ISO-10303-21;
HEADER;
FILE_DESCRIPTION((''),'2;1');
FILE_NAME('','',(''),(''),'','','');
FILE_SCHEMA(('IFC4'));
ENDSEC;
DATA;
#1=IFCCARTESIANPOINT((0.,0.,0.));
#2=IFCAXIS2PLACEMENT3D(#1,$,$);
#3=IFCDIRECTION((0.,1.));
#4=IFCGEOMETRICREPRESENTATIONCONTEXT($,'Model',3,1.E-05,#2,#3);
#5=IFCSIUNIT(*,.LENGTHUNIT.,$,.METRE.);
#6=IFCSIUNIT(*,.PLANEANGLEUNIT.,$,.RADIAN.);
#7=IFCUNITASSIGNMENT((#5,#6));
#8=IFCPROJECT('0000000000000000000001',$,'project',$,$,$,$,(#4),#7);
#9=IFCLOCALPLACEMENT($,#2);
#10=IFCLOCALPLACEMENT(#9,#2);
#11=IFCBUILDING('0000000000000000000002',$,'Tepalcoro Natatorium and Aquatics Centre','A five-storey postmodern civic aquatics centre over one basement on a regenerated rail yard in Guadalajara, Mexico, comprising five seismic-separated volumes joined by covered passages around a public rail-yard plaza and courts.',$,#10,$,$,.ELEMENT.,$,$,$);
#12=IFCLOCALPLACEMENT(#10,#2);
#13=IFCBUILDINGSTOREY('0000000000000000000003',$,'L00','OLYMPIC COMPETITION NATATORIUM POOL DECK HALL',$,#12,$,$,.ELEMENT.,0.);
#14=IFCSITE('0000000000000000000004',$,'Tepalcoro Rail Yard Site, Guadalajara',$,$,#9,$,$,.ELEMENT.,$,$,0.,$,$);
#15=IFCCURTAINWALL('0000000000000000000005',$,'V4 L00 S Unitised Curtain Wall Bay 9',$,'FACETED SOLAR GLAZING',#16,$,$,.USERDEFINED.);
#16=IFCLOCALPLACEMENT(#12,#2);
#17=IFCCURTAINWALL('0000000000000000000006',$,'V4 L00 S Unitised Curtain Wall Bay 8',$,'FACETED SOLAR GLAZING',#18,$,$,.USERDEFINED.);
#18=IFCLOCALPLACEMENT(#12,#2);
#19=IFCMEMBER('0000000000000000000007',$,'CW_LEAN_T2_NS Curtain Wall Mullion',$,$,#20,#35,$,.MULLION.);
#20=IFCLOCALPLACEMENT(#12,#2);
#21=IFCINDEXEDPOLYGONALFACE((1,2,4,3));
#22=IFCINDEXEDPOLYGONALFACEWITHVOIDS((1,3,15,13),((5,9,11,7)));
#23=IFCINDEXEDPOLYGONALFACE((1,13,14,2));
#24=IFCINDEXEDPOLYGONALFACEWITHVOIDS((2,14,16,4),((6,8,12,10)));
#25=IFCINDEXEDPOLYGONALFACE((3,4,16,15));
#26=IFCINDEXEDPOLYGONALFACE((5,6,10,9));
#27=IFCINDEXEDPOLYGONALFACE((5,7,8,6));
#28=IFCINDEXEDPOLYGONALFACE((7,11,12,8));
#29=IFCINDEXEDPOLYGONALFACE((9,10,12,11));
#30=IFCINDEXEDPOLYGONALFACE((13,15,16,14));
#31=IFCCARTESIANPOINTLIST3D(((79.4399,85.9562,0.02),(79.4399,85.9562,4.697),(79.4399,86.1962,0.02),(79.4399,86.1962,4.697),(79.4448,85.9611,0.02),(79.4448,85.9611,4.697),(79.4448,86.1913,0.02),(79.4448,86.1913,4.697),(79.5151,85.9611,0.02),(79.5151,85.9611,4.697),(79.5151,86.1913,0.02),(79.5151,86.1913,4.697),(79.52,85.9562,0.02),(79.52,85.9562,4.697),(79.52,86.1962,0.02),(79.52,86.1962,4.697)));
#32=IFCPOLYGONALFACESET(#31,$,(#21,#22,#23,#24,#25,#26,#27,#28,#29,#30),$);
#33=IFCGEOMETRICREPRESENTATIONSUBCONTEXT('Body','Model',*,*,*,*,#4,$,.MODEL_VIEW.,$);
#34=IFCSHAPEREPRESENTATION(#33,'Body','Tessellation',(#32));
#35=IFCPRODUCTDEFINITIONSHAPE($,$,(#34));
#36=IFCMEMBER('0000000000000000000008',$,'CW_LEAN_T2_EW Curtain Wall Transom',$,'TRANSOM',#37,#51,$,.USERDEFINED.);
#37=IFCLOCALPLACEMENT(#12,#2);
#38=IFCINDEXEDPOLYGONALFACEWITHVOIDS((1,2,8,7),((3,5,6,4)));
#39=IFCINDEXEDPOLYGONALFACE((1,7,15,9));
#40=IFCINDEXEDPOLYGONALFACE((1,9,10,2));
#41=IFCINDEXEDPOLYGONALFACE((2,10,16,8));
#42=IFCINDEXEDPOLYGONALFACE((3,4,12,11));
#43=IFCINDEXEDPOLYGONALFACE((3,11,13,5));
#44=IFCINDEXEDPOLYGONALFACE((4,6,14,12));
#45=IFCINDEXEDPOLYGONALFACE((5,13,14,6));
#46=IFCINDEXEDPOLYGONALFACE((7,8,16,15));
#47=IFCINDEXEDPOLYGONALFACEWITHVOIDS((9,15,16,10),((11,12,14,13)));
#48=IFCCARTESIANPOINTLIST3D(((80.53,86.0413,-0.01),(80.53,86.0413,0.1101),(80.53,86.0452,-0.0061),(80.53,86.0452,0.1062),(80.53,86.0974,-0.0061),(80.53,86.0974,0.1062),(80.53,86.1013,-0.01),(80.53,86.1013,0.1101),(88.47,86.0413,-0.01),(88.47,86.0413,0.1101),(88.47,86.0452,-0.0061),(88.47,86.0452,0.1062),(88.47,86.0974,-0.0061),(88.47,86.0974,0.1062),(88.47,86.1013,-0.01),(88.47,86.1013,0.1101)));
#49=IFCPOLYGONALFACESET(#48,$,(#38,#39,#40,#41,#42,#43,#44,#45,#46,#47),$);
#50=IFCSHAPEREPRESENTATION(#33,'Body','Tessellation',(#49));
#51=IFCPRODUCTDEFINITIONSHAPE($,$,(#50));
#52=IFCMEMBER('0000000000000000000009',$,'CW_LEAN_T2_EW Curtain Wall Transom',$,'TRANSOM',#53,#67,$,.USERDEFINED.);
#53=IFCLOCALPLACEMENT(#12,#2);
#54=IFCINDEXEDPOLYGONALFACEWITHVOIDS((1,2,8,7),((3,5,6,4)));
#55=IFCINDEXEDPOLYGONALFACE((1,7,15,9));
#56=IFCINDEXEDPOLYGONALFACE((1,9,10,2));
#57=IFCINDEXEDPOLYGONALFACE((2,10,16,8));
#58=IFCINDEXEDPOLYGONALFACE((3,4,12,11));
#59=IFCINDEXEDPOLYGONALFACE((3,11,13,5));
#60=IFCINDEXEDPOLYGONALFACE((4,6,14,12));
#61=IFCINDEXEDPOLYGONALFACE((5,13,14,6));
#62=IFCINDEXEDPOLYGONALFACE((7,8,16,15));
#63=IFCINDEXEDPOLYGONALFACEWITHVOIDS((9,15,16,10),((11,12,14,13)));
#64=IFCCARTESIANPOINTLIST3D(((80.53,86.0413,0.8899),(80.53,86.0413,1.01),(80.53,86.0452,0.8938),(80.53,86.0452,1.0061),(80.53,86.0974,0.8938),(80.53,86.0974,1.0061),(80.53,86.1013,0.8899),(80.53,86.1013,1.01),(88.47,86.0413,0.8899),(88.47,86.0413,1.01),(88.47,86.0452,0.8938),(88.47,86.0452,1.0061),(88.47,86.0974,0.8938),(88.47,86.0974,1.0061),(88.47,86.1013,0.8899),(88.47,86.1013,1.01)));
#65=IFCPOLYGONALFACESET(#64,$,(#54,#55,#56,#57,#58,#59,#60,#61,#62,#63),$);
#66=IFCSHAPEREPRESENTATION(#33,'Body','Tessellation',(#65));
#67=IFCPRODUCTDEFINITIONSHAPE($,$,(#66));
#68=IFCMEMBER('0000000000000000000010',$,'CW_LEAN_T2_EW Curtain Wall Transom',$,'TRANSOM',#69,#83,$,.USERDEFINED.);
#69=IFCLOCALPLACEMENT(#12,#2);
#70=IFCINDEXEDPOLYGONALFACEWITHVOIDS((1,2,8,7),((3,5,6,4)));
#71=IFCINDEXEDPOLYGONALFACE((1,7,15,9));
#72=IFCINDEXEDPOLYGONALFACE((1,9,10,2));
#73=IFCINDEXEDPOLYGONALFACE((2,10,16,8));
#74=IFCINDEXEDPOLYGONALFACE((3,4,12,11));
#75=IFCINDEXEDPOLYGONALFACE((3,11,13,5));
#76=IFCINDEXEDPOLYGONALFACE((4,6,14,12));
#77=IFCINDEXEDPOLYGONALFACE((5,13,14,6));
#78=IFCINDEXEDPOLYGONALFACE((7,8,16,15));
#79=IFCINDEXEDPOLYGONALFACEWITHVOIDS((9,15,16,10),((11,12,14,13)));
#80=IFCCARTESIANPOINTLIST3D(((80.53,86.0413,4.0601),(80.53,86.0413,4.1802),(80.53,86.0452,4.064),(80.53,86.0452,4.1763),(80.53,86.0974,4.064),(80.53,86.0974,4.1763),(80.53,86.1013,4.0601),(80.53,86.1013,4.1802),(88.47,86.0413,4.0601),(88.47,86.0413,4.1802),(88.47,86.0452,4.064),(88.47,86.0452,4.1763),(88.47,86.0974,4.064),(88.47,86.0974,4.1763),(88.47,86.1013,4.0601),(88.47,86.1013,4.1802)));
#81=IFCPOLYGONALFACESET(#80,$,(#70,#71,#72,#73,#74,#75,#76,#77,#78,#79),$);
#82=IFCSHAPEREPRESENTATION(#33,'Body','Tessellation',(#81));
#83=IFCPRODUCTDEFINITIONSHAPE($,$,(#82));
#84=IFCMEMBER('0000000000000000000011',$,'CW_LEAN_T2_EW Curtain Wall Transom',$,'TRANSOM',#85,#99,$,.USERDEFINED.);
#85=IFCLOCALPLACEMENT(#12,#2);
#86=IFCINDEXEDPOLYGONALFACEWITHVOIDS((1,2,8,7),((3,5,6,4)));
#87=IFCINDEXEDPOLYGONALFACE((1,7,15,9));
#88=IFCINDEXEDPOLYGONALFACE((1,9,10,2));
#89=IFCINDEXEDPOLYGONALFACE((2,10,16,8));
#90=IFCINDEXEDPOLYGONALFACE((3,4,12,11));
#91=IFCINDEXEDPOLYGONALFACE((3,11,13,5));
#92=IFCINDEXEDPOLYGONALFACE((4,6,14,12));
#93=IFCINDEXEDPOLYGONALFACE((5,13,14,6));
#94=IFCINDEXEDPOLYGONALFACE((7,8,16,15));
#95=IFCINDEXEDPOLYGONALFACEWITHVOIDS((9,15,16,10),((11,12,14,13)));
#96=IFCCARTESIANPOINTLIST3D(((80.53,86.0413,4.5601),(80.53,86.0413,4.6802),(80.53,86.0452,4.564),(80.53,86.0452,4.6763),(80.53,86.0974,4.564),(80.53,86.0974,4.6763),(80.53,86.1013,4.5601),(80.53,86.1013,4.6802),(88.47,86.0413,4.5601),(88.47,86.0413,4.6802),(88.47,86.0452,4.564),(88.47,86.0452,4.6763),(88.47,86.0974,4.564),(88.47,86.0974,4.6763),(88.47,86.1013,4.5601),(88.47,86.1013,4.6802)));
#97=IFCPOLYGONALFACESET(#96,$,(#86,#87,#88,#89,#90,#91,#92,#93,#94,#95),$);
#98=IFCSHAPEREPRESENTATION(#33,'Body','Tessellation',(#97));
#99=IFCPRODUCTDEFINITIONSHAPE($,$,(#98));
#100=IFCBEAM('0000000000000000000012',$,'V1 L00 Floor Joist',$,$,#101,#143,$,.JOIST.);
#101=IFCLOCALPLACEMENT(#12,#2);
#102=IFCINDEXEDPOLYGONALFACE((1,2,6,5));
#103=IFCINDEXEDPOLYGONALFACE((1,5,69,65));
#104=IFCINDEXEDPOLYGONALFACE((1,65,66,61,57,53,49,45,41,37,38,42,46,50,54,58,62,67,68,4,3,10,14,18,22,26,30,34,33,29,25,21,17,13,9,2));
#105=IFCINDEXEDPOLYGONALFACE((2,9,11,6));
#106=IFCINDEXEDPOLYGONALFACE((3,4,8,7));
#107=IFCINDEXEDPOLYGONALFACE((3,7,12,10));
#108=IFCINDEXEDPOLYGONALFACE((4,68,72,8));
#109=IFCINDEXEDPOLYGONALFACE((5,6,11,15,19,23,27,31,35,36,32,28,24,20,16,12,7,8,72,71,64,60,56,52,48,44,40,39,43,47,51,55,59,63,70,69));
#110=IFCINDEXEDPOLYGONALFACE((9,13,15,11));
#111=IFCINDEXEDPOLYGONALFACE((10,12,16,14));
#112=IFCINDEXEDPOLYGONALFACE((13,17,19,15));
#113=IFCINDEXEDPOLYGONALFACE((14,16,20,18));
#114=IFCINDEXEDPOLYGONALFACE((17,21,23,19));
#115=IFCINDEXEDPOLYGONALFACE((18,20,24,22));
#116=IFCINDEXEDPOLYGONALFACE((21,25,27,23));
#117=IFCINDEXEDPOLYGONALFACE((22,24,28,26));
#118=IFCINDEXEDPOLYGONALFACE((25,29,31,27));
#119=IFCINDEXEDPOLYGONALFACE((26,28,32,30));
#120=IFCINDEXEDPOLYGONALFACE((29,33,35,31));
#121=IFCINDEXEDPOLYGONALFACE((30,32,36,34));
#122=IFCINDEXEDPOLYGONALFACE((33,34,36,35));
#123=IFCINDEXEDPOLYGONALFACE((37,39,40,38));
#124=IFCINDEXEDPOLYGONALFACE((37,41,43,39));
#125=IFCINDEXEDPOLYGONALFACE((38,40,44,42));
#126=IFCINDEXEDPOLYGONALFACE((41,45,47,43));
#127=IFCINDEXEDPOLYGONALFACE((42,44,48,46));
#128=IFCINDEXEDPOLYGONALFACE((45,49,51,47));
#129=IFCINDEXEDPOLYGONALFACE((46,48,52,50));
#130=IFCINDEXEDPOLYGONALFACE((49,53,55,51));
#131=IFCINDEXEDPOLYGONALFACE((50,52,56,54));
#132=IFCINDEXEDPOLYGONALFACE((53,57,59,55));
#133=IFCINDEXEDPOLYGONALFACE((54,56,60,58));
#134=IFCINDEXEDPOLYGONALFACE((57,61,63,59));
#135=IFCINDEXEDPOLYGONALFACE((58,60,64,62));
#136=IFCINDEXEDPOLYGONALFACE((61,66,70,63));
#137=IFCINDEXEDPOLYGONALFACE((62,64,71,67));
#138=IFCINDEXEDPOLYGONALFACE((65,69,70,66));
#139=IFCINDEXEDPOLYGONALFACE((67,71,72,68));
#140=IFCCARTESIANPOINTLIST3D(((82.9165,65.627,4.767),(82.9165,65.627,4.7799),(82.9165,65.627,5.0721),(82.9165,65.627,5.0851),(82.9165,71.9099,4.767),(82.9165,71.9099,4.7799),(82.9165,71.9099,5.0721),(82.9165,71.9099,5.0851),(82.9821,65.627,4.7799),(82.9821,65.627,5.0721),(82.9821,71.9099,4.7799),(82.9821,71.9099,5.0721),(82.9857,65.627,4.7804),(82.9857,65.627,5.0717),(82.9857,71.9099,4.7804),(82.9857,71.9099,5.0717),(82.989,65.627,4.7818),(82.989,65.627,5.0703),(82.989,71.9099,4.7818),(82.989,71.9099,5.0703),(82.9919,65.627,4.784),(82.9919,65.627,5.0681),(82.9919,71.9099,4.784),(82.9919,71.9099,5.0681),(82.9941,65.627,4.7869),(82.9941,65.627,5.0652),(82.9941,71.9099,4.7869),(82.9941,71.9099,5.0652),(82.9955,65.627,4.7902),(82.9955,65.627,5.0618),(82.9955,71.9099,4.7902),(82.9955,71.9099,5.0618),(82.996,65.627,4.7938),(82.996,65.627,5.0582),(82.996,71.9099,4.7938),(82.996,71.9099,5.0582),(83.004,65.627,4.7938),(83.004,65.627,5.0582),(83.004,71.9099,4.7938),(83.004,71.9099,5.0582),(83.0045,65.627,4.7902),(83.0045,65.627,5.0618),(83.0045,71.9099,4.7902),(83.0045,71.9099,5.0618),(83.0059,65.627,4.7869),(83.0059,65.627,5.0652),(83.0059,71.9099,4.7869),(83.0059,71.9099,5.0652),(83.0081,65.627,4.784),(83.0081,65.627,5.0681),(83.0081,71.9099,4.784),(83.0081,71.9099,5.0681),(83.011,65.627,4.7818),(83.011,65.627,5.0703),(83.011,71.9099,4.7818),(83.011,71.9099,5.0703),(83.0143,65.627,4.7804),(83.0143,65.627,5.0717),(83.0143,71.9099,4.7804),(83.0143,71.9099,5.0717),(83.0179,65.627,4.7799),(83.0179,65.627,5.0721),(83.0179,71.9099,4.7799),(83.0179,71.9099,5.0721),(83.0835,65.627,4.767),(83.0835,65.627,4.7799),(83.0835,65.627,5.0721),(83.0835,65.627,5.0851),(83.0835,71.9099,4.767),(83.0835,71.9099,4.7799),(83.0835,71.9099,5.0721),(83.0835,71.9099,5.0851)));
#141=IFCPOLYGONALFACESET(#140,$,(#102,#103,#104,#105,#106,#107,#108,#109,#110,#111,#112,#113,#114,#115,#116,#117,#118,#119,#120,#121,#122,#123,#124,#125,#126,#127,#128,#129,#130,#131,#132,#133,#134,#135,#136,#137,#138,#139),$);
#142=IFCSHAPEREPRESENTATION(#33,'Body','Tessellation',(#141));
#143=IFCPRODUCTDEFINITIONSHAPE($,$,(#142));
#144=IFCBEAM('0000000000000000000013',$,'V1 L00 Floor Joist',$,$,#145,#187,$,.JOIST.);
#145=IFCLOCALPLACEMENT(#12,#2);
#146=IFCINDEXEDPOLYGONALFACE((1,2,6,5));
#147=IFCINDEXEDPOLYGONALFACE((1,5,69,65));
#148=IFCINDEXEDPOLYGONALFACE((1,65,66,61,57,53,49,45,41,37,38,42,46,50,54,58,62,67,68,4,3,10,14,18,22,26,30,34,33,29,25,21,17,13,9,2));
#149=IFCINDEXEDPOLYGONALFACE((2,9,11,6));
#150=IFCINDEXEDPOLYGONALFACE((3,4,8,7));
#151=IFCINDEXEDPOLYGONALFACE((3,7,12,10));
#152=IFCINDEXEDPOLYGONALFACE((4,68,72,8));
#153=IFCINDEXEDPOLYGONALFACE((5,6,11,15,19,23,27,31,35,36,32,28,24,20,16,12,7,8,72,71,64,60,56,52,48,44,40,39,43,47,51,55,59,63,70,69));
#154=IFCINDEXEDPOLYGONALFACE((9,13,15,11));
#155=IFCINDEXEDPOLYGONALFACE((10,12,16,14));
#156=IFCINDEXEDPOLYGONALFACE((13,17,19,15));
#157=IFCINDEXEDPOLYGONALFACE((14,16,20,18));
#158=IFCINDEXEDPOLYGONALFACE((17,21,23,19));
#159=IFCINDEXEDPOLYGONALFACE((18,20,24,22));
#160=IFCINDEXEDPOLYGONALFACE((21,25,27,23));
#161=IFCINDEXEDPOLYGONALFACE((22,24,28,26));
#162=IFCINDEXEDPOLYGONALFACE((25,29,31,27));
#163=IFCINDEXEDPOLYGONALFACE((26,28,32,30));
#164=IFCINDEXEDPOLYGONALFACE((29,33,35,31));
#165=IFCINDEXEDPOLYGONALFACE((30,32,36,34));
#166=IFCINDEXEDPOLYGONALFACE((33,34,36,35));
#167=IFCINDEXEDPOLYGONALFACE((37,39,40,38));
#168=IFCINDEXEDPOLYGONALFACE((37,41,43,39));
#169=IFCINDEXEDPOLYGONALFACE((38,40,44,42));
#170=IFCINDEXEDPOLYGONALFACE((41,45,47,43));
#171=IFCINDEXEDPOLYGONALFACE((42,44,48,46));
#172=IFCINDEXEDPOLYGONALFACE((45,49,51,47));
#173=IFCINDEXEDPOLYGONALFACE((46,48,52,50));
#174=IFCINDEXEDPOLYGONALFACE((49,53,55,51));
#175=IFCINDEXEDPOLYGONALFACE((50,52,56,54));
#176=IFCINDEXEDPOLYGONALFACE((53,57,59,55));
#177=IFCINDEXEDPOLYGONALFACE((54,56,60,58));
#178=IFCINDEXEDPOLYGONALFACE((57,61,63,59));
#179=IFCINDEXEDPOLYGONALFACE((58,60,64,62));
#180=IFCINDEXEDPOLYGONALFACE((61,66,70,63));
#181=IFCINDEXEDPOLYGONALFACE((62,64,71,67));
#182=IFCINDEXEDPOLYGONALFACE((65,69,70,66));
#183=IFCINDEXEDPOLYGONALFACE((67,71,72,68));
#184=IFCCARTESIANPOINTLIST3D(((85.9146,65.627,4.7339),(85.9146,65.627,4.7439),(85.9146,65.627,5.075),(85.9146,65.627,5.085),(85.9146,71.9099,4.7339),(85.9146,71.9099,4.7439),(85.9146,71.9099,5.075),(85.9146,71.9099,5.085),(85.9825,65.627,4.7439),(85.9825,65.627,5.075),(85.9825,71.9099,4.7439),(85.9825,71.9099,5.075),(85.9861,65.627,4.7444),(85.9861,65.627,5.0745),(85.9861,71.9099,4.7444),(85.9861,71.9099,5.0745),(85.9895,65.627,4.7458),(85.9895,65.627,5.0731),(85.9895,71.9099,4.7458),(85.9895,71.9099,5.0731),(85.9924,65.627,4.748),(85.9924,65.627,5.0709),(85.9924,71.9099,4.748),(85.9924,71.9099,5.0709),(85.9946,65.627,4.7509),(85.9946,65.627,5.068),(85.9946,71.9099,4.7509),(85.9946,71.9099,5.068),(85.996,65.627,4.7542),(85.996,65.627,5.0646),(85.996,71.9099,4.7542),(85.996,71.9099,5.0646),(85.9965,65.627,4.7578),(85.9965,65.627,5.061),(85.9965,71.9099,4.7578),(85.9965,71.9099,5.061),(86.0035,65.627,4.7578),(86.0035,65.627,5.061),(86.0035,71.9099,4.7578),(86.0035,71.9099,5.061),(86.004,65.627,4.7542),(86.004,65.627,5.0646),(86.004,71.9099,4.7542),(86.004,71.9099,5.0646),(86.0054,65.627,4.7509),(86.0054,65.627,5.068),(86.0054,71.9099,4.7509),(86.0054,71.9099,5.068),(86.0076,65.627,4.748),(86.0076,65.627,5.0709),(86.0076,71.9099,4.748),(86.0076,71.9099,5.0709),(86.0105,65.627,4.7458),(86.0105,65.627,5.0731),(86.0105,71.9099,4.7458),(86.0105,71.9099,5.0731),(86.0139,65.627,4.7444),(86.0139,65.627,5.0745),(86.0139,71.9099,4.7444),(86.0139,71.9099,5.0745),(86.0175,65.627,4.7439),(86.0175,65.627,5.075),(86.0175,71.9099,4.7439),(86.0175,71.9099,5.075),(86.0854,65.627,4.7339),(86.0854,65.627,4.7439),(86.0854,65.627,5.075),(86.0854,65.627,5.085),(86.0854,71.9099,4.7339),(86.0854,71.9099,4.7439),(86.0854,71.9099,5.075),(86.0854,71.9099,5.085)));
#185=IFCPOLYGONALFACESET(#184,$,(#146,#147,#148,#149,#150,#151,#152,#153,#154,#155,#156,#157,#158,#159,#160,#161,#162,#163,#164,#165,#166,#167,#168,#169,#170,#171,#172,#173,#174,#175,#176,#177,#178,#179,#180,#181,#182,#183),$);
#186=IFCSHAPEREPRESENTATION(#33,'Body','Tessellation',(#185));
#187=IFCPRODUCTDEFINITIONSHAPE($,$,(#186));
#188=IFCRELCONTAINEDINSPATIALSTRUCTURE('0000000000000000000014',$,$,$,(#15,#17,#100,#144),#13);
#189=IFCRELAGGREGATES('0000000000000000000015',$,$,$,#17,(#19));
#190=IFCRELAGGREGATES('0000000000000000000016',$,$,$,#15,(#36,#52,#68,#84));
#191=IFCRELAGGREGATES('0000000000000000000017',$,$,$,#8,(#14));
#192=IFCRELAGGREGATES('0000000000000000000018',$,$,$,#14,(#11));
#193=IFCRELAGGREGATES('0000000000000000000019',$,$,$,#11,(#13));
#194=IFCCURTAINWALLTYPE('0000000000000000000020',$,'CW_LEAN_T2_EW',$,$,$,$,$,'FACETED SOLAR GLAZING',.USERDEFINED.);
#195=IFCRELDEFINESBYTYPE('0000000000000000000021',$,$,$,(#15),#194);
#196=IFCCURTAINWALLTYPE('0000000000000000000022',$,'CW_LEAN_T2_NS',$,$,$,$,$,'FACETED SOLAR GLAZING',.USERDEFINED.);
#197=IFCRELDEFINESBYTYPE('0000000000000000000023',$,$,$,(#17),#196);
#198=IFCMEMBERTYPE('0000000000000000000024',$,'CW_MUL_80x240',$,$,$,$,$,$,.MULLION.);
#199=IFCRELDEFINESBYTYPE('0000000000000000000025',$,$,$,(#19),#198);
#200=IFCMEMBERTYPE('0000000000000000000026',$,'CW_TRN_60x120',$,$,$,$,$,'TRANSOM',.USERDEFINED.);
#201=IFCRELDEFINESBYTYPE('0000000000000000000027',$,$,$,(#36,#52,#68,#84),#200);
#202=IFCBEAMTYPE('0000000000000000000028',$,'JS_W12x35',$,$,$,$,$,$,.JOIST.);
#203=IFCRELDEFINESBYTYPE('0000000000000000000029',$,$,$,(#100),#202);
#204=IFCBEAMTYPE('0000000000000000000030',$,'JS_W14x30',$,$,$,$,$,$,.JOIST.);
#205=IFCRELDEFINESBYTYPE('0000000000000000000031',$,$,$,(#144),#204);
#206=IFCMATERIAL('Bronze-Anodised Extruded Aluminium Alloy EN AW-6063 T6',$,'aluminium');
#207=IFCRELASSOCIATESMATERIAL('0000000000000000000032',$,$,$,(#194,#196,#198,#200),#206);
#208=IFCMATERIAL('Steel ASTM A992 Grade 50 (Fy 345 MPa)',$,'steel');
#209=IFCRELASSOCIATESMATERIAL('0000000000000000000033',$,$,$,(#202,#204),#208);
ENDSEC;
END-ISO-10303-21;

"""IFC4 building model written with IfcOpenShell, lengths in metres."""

from ifc_helpers import new_model, si_unit, direction, frame, origin, origin_2d, place, context, subcontext, project, spatial, hollow_rectangle, i_section, extrude, material, material_profile, profile_set, type_object, element, aggregate, save


model = new_model("IFC4")

# Units and contexts
model_context = context("Model", 3, precision=1e-05, world=origin(), true_north=direction((0.0, 1.0)))
body_context = subcontext(model_context, "Body", "Model", "MODEL_VIEW")
ifc_project = project(units=[si_unit("LENGTHUNIT", "METRE"), si_unit("PLANEANGLEUNIT", "RADIAN")], contexts=[model_context])

# Site, building, storey
site_placement = place(None, origin())
site = spatial("IfcSite", under=ifc_project, at=site_placement, Name="Tepalcoro Rail Yard Site, Guadalajara", CompositionType="ELEMENT", RefElevation=0.0)
building_placement = place(site_placement, origin())
building = spatial("IfcBuilding", under=site, at=building_placement, Name="Tepalcoro Natatorium and Aquatics Centre", Description="A five-storey postmodern civic aquatics centre over one basement on a regenerated rail yard in Guadalajara, Mexico, comprising five seismic-separated volumes joined by covered passages around a public rail-yard plaza and courts.", CompositionType="ELEMENT")
storey_placement = place(building_placement, origin())
storey = spatial("IfcBuildingStorey", under=building, at=storey_placement, Name="L00", Description="OLYMPIC COMPETITION NATATORIUM POOL DECK HALL", CompositionType="ELEMENT", Elevation=0.0)

# Shared definitions
ifc_material_1 = material(Name="Steel ASTM A992 Grade 50 (Fy 345 MPa)", Category="steel")

# Curtain wall
ifc_material_2 = material(Name="Bronze-Anodised Extruded Aluminium Alloy EN AW-6063 T6", Category="aluminium")
curtain_wall_type_1 = type_object("IfcCurtainWallType", Name="CW_LEAN_T2_EW", ElementType="FACETED SOLAR GLAZING", PredefinedType="USERDEFINED", material=ifc_material_2)
curtain_wall_1_placement = place(storey_placement, origin())
curtain_wall_1 = element("IfcCurtainWall", 1, at=curtain_wall_1_placement, inside=storey, type_object=curtain_wall_type_1, Name="V4 L00 S Unitised Curtain Wall Bay 9", ObjectType="FACETED SOLAR GLAZING", PredefinedType="USERDEFINED")

# Curtain wall, member
curtain_wall_type_2 = type_object("IfcCurtainWallType", Name="CW_LEAN_T2_NS", ElementType="FACETED SOLAR GLAZING", PredefinedType="USERDEFINED", material=ifc_material_2)
curtain_wall_2_placement = place(storey_placement, origin())
curtain_wall_2 = element("IfcCurtainWall", 2, at=curtain_wall_2_placement, inside=storey, type_object=curtain_wall_type_2, Name="V4 L00 S Unitised Curtain Wall Bay 8", ObjectType="FACETED SOLAR GLAZING", PredefinedType="USERDEFINED")
ifc_material_profile_1 = material_profile(ifc_material_2, hollow_rectangle(XDim=0.0801, YDim=0.24, WallThickness=0.0049, at=origin_2d()), Name="AL80X240X5")
ifc_profile_set_1 = profile_set([ifc_material_profile_1], Name="Bronze-Anodised Extruded Aluminium Alloy EN AW-6063 T6")
member_type_1 = type_object("IfcMemberType", Name="CW_MUL_80x240", PredefinedType="MULLION", material=ifc_profile_set_1)
member_1_placement = place(storey_placement, frame((79.48, 86.0762, 0.02), z_axis=(0.0, 0.0, 1.0), x_axis=(1.0, 0.0, 0.0)))
member_1 = element("IfcMember", 3, at=member_1_placement, type_object=member_type_1, Name="CW_LEAN_T2_NS Curtain Wall Mullion", PredefinedType="MULLION", context=body_context, shape_type="SweptSolid", body=[
    extrude(hollow_rectangle(XDim=0.0801, YDim=0.24, WallThickness=0.0049, at=origin_2d()), origin(), (0.0, 0.0, 1.0), 4.677),
])

# Members
ifc_material_profile_2 = material_profile(ifc_material_2, hollow_rectangle(XDim=0.0601, YDim=0.1201, WallThickness=0.0039, at=origin_2d()), Name="AL60X120X4")
ifc_profile_set_2 = profile_set([ifc_material_profile_2], Name="Bronze-Anodised Extruded Aluminium Alloy EN AW-6063 T6")
member_type_2 = type_object("IfcMemberType", Name="CW_TRN_60x120", ElementType="TRANSOM", PredefinedType="USERDEFINED", material=ifc_profile_set_2)
member_2_placement = place(storey_placement, frame((80.53, 86.0713, 0.05), z_axis=(1.0, 0.0, 0.0), x_axis=(0.0, 1.0, 0.0)))
member_2 = element("IfcMember", 4, at=member_2_placement, type_object=member_type_2, Name="CW_LEAN_T2_EW Curtain Wall Transom", ObjectType="TRANSOM", PredefinedType="USERDEFINED", context=body_context, shape_type="SweptSolid", body=[
    extrude(hollow_rectangle(XDim=0.0601, YDim=0.1201, WallThickness=0.0039, at=origin_2d()), origin(), (0.0, 0.0, 1.0), 7.9399),
])
member_3_placement = place(storey_placement, frame((80.53, 86.0713, 0.95), z_axis=(1.0, 0.0, 0.0), x_axis=(0.0, 1.0, 0.0)))
member_3 = element("IfcMember", 5, at=member_3_placement, type_object=member_type_2, Name="CW_LEAN_T2_EW Curtain Wall Transom", ObjectType="TRANSOM", PredefinedType="USERDEFINED", context=body_context, shape_type="SweptSolid", body=[
    extrude(hollow_rectangle(XDim=0.0601, YDim=0.1201, WallThickness=0.0039, at=origin_2d()), origin(), (0.0, 0.0, 1.0), 7.9399),
])
member_4_placement = place(storey_placement, frame((80.53, 86.0713, 4.1201), z_axis=(1.0, 0.0, 0.0), x_axis=(0.0, 1.0, 0.0)))
member_4 = element("IfcMember", 6, at=member_4_placement, type_object=member_type_2, Name="CW_LEAN_T2_EW Curtain Wall Transom", ObjectType="TRANSOM", PredefinedType="USERDEFINED", context=body_context, shape_type="SweptSolid", body=[
    extrude(hollow_rectangle(XDim=0.0601, YDim=0.1201, WallThickness=0.0039, at=origin_2d()), origin(), (0.0, 0.0, 1.0), 7.9399),
])
member_5_placement = place(storey_placement, frame((80.53, 86.0713, 4.6201), z_axis=(1.0, 0.0, 0.0), x_axis=(0.0, 1.0, 0.0)))
member_5 = element("IfcMember", 7, at=member_5_placement, type_object=member_type_2, Name="CW_LEAN_T2_EW Curtain Wall Transom", ObjectType="TRANSOM", PredefinedType="USERDEFINED", context=body_context, shape_type="SweptSolid", body=[
    extrude(hollow_rectangle(XDim=0.0601, YDim=0.1201, WallThickness=0.0039, at=origin_2d()), origin(), (0.0, 0.0, 1.0), 7.9399),
])

# Beams
ifc_material_profile_3 = material_profile(ifc_material_1, i_section(OverallWidth=0.167, OverallDepth=0.3181, WebThickness=0.0081, FlangeThickness=0.0129, FilletRadius=0.0139, at=origin_2d()), Name="W12X35")
ifc_profile_set_3 = profile_set([ifc_material_profile_3], Name="Steel ASTM A992 Grade 50 (Fy 345 MPa)")
beam_type_1 = type_object("IfcBeamType", Name="JS_W12x35", PredefinedType="JOIST", material=ifc_profile_set_3)
beam_1_placement = place(storey_placement, frame((83.0, 65.627, 4.926), z_axis=(0.0, 1.0, 0.0), x_axis=(-1.0, 0.0, 0.0)))
element("IfcBeam", 8, at=beam_1_placement, inside=storey, type_object=beam_type_1, Name="V1 L00 Floor Joist", PredefinedType="JOIST", context=body_context, shape_type="SweptSolid", body=[
    extrude(i_section(OverallWidth=0.167, OverallDepth=0.3181, WebThickness=0.0081, FlangeThickness=0.0129, FilletRadius=0.0139, at=origin_2d()), origin(), (0.0, 0.0, 1.0), 6.283),
])
ifc_material_profile_4 = material_profile(ifc_material_1, i_section(OverallWidth=0.1709, OverallDepth=0.3511, WebThickness=0.0071, FlangeThickness=0.01, FilletRadius=0.0139, at=origin_2d()), Name="W14X30")
ifc_profile_set_4 = profile_set([ifc_material_profile_4], Name="Steel ASTM A992 Grade 50 (Fy 345 MPa)")
beam_type_2 = type_object("IfcBeamType", Name="JS_W14x30", PredefinedType="JOIST", material=ifc_profile_set_4)
beam_2_placement = place(storey_placement, frame((86.0, 65.627, 4.9094), z_axis=(0.0, 1.0, 0.0), x_axis=(-1.0, 0.0, 0.0)))
element("IfcBeam", 9, at=beam_2_placement, inside=storey, type_object=beam_type_2, Name="V1 L00 Floor Joist", PredefinedType="JOIST", context=body_context, shape_type="SweptSolid", body=[
    extrude(i_section(OverallWidth=0.1709, OverallDepth=0.3511, WebThickness=0.0071, FlangeThickness=0.01, FilletRadius=0.0139, at=origin_2d()), origin(), (0.0, 0.0, 1.0), 6.283),
])

aggregate(curtain_wall_2, [member_1])
aggregate(curtain_wall_1, [member_2, member_3, member_4, member_5])

save(model, "model.ifc")
